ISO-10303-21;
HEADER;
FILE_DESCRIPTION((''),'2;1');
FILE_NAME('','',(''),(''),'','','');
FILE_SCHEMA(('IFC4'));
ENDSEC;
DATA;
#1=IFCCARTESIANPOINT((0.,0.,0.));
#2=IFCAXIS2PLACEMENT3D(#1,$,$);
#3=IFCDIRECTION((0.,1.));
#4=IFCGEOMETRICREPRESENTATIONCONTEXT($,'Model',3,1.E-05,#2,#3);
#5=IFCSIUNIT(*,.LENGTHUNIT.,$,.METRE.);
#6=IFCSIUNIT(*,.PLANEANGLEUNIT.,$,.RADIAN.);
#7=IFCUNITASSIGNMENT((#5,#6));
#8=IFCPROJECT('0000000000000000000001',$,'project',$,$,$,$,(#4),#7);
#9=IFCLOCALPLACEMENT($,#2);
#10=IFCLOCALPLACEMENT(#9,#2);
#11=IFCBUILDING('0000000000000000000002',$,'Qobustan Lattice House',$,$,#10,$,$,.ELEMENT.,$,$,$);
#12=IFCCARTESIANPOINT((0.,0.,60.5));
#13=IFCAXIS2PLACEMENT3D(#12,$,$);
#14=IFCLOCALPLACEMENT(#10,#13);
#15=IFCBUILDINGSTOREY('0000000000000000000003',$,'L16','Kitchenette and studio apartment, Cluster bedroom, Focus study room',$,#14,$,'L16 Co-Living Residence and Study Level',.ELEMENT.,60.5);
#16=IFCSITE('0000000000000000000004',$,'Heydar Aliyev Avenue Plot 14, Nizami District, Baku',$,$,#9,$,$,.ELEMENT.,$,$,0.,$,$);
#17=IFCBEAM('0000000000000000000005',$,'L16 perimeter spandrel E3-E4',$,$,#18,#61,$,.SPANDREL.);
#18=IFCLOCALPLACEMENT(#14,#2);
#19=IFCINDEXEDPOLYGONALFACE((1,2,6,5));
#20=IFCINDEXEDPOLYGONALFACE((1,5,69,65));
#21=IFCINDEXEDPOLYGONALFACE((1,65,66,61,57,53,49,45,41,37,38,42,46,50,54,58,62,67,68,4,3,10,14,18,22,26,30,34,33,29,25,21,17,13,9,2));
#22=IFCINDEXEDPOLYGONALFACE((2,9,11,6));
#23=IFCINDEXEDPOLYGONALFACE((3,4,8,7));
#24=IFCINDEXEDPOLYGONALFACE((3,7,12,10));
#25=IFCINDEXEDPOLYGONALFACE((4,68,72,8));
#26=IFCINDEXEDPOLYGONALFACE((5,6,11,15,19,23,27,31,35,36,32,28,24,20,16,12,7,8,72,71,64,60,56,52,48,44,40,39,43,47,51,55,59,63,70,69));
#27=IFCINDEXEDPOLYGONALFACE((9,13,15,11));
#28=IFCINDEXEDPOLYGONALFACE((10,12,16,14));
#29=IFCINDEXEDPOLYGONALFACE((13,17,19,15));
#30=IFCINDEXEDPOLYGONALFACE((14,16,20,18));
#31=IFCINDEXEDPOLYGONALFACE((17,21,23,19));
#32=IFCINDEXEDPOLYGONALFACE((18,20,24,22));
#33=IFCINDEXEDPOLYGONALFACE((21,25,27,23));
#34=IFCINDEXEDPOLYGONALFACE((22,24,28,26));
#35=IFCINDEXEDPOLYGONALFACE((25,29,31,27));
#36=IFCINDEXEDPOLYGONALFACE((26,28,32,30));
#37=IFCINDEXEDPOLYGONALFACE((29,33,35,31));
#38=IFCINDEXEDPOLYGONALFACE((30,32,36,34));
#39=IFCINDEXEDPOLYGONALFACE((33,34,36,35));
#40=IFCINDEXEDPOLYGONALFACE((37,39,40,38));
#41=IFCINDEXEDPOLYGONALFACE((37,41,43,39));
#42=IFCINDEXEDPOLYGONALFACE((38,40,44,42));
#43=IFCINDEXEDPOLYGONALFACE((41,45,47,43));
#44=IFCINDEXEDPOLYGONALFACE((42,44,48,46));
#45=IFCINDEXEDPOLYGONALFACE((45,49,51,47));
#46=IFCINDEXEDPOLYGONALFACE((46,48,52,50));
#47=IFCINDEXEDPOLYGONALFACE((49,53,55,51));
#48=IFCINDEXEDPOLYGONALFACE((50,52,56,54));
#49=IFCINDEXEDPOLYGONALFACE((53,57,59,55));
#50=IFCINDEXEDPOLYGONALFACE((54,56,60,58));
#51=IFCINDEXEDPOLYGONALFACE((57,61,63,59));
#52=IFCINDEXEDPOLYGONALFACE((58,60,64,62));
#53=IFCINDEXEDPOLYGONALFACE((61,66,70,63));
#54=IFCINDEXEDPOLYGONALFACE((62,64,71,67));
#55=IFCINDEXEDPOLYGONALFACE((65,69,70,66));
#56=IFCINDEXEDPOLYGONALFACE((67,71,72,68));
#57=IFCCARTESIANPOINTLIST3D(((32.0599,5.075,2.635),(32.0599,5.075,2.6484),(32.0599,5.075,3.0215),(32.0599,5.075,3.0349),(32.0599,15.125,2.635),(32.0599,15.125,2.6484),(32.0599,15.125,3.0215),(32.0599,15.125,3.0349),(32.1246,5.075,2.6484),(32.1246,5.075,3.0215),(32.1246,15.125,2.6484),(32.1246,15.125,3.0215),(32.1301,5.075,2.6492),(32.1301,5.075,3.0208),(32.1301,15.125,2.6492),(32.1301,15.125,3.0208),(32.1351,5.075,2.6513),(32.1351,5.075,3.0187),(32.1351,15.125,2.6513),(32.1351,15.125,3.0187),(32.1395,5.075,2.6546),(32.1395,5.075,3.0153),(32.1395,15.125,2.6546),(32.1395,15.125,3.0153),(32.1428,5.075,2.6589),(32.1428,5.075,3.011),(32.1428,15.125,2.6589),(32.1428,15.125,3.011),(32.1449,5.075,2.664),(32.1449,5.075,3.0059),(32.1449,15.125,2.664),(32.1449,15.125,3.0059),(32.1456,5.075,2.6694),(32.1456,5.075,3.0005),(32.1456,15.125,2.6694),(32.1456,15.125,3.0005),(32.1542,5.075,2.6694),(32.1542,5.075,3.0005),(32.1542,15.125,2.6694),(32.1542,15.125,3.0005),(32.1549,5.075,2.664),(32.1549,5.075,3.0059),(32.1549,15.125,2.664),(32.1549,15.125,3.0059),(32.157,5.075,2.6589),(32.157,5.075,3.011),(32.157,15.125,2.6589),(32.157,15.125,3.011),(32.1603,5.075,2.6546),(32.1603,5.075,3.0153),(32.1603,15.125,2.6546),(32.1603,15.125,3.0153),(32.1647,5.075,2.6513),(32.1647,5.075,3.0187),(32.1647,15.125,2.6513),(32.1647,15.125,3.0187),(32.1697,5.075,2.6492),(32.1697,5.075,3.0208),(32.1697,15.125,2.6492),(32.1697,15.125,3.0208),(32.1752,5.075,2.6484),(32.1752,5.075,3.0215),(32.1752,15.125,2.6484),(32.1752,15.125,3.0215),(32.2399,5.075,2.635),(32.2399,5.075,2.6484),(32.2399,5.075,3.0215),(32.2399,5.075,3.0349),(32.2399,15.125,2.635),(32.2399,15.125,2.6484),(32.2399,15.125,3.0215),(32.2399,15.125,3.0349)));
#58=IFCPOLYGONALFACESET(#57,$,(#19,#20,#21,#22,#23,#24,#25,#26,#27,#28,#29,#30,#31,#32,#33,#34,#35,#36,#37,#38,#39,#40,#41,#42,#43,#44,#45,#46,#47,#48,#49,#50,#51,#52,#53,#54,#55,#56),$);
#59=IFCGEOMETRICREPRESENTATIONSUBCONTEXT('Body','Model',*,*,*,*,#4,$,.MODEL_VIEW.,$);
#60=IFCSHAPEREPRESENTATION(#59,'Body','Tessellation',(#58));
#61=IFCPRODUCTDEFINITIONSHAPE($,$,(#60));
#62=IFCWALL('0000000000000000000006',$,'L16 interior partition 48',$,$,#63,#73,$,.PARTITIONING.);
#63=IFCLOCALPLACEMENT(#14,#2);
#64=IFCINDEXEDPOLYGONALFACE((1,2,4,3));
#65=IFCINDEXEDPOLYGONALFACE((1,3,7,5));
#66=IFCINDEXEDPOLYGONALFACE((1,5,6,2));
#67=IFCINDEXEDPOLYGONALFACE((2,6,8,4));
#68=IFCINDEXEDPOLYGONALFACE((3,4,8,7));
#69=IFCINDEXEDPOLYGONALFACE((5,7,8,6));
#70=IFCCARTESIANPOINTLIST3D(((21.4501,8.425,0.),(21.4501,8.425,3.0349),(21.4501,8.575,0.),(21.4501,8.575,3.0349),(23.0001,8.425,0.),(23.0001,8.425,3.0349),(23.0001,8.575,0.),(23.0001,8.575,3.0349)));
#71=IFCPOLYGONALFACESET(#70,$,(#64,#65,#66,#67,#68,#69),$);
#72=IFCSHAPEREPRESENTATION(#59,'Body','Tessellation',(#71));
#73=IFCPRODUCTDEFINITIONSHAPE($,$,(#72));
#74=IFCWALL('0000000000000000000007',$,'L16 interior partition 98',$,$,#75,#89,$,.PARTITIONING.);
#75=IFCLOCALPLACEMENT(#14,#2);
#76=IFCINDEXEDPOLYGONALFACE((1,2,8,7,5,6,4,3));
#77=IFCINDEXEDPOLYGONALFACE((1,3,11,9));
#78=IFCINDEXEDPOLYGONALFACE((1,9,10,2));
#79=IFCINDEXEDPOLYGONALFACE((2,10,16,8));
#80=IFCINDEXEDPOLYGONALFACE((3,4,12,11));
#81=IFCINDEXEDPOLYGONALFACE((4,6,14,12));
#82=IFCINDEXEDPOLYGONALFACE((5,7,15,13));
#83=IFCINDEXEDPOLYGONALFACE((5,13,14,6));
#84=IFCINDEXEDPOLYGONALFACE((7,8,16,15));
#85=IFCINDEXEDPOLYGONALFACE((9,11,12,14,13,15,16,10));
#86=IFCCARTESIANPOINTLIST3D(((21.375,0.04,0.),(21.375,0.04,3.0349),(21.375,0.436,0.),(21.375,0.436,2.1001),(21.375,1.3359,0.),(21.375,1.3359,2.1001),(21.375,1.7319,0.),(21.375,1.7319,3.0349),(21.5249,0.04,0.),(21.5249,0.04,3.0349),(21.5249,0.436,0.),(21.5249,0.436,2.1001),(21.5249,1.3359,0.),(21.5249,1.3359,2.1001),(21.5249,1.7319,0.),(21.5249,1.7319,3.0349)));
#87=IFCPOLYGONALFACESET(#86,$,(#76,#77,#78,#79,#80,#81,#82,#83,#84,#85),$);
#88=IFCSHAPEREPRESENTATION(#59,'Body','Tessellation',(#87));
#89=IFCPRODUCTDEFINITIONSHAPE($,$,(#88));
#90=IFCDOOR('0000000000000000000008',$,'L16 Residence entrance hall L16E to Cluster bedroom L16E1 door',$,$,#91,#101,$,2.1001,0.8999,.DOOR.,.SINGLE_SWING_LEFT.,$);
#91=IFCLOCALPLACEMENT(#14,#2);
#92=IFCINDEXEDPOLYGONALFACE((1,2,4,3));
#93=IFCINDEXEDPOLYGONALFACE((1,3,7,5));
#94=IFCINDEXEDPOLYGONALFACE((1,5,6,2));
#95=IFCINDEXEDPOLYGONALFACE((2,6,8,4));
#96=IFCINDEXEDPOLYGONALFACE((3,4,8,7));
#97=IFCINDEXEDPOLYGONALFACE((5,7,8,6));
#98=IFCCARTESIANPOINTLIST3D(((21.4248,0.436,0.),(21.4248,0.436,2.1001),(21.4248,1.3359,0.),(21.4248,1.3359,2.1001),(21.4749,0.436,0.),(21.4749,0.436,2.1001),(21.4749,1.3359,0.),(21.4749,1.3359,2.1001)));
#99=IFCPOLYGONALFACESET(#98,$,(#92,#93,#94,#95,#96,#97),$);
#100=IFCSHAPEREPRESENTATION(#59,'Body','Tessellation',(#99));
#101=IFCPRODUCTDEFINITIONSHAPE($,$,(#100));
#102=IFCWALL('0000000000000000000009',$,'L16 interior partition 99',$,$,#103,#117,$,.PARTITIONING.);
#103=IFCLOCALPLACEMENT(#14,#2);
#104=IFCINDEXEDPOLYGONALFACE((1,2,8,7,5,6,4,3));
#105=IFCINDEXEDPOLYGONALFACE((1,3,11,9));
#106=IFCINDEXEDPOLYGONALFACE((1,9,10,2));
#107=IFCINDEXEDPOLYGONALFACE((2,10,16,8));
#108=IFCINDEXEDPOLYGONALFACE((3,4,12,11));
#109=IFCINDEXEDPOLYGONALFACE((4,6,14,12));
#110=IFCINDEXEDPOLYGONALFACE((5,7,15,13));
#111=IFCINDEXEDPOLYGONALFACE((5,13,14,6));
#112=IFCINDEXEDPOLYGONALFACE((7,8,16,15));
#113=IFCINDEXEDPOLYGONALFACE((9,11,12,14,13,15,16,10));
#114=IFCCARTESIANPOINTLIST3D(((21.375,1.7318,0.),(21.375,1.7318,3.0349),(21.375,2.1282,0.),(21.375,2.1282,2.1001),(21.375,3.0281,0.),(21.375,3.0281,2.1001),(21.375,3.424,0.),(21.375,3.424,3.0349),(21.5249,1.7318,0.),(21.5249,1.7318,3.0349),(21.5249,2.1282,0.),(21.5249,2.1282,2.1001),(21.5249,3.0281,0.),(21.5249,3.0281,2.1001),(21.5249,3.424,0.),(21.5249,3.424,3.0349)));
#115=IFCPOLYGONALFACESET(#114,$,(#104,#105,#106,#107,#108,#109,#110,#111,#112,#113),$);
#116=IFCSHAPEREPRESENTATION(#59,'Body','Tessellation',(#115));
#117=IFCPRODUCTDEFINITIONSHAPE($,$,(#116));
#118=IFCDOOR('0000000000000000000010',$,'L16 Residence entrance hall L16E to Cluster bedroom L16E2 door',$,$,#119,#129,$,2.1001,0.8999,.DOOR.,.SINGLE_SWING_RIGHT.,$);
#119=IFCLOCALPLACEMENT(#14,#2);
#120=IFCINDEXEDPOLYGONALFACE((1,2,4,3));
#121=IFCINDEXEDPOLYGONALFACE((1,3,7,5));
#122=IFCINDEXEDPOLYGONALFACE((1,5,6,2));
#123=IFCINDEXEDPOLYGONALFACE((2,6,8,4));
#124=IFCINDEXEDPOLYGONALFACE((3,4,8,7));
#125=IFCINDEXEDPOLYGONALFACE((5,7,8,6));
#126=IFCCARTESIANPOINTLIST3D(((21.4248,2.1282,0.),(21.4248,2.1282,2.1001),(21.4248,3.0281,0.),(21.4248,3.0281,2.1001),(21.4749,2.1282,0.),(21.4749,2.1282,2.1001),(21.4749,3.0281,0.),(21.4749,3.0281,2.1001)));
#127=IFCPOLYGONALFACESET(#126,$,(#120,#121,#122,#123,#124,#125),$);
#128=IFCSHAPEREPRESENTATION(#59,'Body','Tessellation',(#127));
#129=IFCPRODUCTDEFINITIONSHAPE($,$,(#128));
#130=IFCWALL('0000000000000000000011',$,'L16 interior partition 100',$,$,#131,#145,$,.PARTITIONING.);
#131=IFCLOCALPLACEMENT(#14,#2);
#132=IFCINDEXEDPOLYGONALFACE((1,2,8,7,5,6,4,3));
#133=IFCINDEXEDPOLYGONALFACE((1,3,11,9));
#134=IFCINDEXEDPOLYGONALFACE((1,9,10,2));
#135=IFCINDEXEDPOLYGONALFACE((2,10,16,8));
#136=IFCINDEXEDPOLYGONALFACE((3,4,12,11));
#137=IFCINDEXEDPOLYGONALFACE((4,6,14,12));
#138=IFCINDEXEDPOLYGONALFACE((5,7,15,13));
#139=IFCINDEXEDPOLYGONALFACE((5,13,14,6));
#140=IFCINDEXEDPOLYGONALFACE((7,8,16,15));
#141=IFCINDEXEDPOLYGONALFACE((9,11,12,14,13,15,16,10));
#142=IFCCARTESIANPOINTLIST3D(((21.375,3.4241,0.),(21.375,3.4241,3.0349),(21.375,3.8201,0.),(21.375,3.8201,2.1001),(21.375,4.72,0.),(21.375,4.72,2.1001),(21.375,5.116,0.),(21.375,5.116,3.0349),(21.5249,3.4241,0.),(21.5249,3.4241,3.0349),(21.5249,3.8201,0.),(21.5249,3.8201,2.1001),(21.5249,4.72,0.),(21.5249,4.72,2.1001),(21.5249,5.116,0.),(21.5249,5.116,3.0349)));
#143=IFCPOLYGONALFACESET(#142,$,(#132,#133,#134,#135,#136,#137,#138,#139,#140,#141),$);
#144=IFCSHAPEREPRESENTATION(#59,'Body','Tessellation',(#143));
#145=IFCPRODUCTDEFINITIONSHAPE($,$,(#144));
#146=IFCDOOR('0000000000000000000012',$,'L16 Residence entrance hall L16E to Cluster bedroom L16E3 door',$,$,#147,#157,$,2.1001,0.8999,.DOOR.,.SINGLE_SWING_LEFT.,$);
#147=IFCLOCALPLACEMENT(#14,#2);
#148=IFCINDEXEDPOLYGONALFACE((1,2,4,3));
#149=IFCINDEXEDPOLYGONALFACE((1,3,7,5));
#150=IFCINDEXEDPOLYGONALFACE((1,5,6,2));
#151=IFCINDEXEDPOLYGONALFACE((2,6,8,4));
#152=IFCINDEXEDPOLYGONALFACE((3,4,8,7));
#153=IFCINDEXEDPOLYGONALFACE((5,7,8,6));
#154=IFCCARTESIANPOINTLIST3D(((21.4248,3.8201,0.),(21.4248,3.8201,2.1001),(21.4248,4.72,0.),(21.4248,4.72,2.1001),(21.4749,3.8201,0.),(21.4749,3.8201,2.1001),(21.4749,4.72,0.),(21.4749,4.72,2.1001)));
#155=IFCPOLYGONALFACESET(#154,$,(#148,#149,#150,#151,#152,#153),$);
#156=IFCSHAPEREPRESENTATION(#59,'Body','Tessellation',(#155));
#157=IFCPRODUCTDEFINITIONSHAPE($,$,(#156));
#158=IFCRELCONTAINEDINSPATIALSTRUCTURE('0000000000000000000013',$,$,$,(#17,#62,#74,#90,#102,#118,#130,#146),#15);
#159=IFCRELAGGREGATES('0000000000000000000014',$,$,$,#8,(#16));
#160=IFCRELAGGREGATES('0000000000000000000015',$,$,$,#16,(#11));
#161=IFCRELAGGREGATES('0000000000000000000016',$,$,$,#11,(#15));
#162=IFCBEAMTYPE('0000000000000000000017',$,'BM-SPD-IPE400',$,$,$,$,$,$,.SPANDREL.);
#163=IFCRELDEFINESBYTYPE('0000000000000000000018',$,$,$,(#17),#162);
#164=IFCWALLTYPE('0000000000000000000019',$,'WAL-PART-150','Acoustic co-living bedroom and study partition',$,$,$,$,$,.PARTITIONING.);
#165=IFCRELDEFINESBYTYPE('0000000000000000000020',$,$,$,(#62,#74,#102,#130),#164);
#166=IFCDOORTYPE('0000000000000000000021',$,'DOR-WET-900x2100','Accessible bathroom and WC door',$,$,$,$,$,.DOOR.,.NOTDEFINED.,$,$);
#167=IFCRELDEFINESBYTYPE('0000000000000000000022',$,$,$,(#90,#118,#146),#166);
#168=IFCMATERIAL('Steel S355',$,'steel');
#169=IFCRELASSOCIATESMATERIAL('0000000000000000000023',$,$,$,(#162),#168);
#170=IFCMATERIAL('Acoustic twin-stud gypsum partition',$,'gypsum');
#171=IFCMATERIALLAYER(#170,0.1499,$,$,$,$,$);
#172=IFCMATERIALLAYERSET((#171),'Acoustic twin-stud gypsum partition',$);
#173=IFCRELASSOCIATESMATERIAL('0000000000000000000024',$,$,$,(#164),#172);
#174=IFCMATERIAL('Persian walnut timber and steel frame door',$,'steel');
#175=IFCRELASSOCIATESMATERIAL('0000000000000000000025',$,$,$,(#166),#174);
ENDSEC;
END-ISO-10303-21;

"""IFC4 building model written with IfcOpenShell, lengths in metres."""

from ifc_helpers import new_model, si_unit, direction, frame, frame_2d, origin, origin_2d, place, context, subcontext, project, spatial, rectangle, i_section, extrude, material, layer, layer_set, material_profile, profile_set, type_object, element, fill, save


model = new_model("IFC4")

# Units and contexts
model_context = context("Model", 3, precision=1e-05, world=origin(), true_north=direction((0.0, 1.0)))
body_context = subcontext(model_context, "Body", "Model", "MODEL_VIEW")
ifc_project = project(units=[si_unit("LENGTHUNIT", "METRE"), si_unit("PLANEANGLEUNIT", "RADIAN")], contexts=[model_context])

# Site, building, storey
site_placement = place(None, origin())
site = spatial("IfcSite", under=ifc_project, at=site_placement, Name="Heydar Aliyev Avenue Plot 14, Nizami District, Baku", CompositionType="ELEMENT", RefElevation=0.0)
building_placement = place(site_placement, origin())
building = spatial("IfcBuilding", under=site, at=building_placement, Name="Qobustan Lattice House", CompositionType="ELEMENT")
storey_placement = place(building_placement, frame((0.0, 0.0, 60.5)))
storey = spatial("IfcBuildingStorey", under=building, at=storey_placement, Name="L16", Description="Kitchenette and studio apartment, Cluster bedroom, Focus study room", LongName="L16 Co-Living Residence and Study Level", CompositionType="ELEMENT", Elevation=60.5)

# Beam
ifc_material_1 = material(Name="Steel S355", Category="steel")
ifc_material_profile_1 = material_profile(ifc_material_1, i_section(OverallWidth=0.1799, OverallDepth=0.3999, WebThickness=0.0085, FlangeThickness=0.0134, FilletRadius=0.021, at=origin_2d()), Name="IPE400")
ifc_profile_set_1 = profile_set([ifc_material_profile_1], Name="Steel S355")
beam_type_1 = type_object("IfcBeamType", Name="BM-SPD-IPE400", PredefinedType="SPANDREL", material=ifc_profile_set_1)
beam_1_placement = place(storey_placement, frame((32.1499, 5.075, 2.835), z_axis=(0.0, 1.0, 0.0), x_axis=(-1.0, 0.0, 0.0)))
element("IfcBeam", 1, at=beam_1_placement, inside=storey, type_object=beam_type_1, Name="L16 perimeter spandrel E3-E4", PredefinedType="SPANDREL", context=body_context, shape_type="SweptSolid", body=[
    extrude(i_section(OverallWidth=0.1799, OverallDepth=0.3999, WebThickness=0.0085, FlangeThickness=0.0134, FilletRadius=0.021, at=origin_2d()), origin(), (0.0, 0.0, 1.0), 10.05),
])

# Wall
ifc_material_2 = material(Name="Acoustic twin-stud gypsum partition", Category="gypsum")
ifc_layer_1 = layer(ifc_material_2, 0.1499)
ifc_layer_set_1 = layer_set([ifc_layer_1], Name="Acoustic twin-stud gypsum partition")
wall_type_1 = type_object("IfcWallType", Name="WAL-PART-150", Description="Acoustic co-living bedroom and study partition", PredefinedType="PARTITIONING", material=ifc_layer_set_1)
wall_1_placement = place(storey_placement, frame((23.0, 8.5, 0.0), z_axis=(0.0, 0.0, 1.0), x_axis=(-1.0, 0.0, 0.0)))
element("IfcWall", 2, at=wall_1_placement, inside=storey, type_object=wall_type_1, Name="L16 interior partition 48", PredefinedType="PARTITIONING", context=body_context, shape_type="SweptSolid", body=[
    extrude(rectangle(XDim=1.55, YDim=0.1499, at=frame_2d((0.7749, 0.0))), origin(), (0.0, 0.0, 1.0), 3.0349),
])

# Walls, openings, doors
wall_2_placement = place(storey_placement, frame((21.45, 1.7319, 0.0), z_axis=(0.0, 0.0, 1.0), x_axis=(0.0, -1.0, 0.0)))
wall_2 = element("IfcWall", 3, at=wall_2_placement, inside=storey, type_object=wall_type_1, Name="L16 interior partition 98", PredefinedType="PARTITIONING", context=body_context, shape_type="SweptSolid", body=[
    extrude(rectangle(XDim=1.6919, YDim=0.1499, at=frame_2d((0.8459, 0.0))), origin(), (0.0, 0.0, 1.0), 3.0349),
])
opening_1_placement = place(wall_2_placement, frame((0.396, 0.0, 0.0)))
opening_1 = element("IfcOpeningElement", 4, at=opening_1_placement, cuts=wall_2, PredefinedType="OPENING", context=body_context, shape_type="SweptSolid", body=[
    extrude(rectangle(XDim=0.8999, YDim=2.1001, at=frame_2d((0.45, 1.05))), frame((0.0, 0.085, 0.0), z_axis=(0.0, -1.0, 0.0), x_axis=(1.0, 0.0, 0.0)), (0.0, 0.0, 1.0), 0.1699),
])
ifc_material_3 = material(Name="Persian walnut timber and steel frame door", Category="steel")
door_type_1 = type_object("IfcDoorType", Name="DOR-WET-900x2100", Description="Accessible bathroom and WC door", OperationType="NOTDEFINED", PredefinedType="DOOR", material=ifc_material_3)
door_1_placement = place(opening_1_placement, origin())
door_1 = element("IfcDoor", 5, at=door_1_placement, inside=storey, type_object=door_type_1, Name="L16 Residence entrance hall L16E to Cluster bedroom L16E1 door", OperationType="SINGLE_SWING_LEFT", OverallHeight=2.1001, OverallWidth=0.8999, PredefinedType="DOOR", context=body_context, shape_type="SweptSolid", body=[
    extrude(rectangle(XDim=0.8999, YDim=2.1001, at=frame_2d((0.45, 1.05))), frame((0.0, 0.0249, 0.0), z_axis=(0.0, -1.0, 0.0), x_axis=(1.0, 0.0, 0.0)), (0.0, 0.0, 1.0), 0.05),
])
fill(opening_1, door_1)
wall_3_placement = place(storey_placement, frame((21.45, 3.4241, 0.0), z_axis=(0.0, 0.0, 1.0), x_axis=(0.0, -1.0, 0.0)))
wall_3 = element("IfcWall", 6, at=wall_3_placement, inside=storey, type_object=wall_type_1, Name="L16 interior partition 99", PredefinedType="PARTITIONING", context=body_context, shape_type="SweptSolid", body=[
    extrude(rectangle(XDim=1.6921, YDim=0.1499, at=frame_2d((0.8462, 0.0))), origin(), (0.0, 0.0, 1.0), 3.0349),
])
opening_2_placement = place(wall_3_placement, frame((0.396, 0.0, 0.0)))
opening_2 = element("IfcOpeningElement", 7, at=opening_2_placement, cuts=wall_3, PredefinedType="OPENING", context=body_context, shape_type="SweptSolid", body=[
    extrude(rectangle(XDim=0.8999, YDim=2.1001, at=frame_2d((0.45, 1.05))), frame((0.0, 0.085, 0.0), z_axis=(0.0, -1.0, 0.0), x_axis=(1.0, 0.0, 0.0)), (0.0, 0.0, 1.0), 0.1699),
])
door_2_placement = place(opening_2_placement, origin())
door_2 = element("IfcDoor", 8, at=door_2_placement, inside=storey, type_object=door_type_1, Name="L16 Residence entrance hall L16E to Cluster bedroom L16E2 door", OperationType="SINGLE_SWING_RIGHT", OverallHeight=2.1001, OverallWidth=0.8999, PredefinedType="DOOR", context=body_context, shape_type="SweptSolid", body=[
    extrude(rectangle(XDim=0.8999, YDim=2.1001, at=frame_2d((0.45, 1.05))), frame((0.0, 0.0249, 0.0), z_axis=(0.0, -1.0, 0.0), x_axis=(1.0, 0.0, 0.0)), (0.0, 0.0, 1.0), 0.05),
])
fill(opening_2, door_2)
wall_4_placement = place(storey_placement, frame((21.45, 5.116, 0.0), z_axis=(0.0, 0.0, 1.0), x_axis=(0.0, -1.0, 0.0)))
wall_4 = element("IfcWall", 9, at=wall_4_placement, inside=storey, type_object=wall_type_1, Name="L16 interior partition 100", PredefinedType="PARTITIONING", context=body_context, shape_type="SweptSolid", body=[
    extrude(rectangle(XDim=1.6919, YDim=0.1499, at=frame_2d((0.8459, 0.0))), origin(), (0.0, 0.0, 1.0), 3.0349),
])
opening_3_placement = place(wall_4_placement, frame((0.396, 0.0, 0.0)))
opening_3 = element("IfcOpeningElement", 10, at=opening_3_placement, cuts=wall_4, PredefinedType="OPENING", context=body_context, shape_type="SweptSolid", body=[
    extrude(rectangle(XDim=0.8999, YDim=2.1001, at=frame_2d((0.45, 1.05))), frame((0.0, 0.085, 0.0), z_axis=(0.0, -1.0, 0.0), x_axis=(1.0, 0.0, 0.0)), (0.0, 0.0, 1.0), 0.1699),
])
door_3_placement = place(opening_3_placement, origin())
door_3 = element("IfcDoor", 11, at=door_3_placement, inside=storey, type_object=door_type_1, Name="L16 Residence entrance hall L16E to Cluster bedroom L16E3 door", OperationType="SINGLE_SWING_LEFT", OverallHeight=2.1001, OverallWidth=0.8999, PredefinedType="DOOR", context=body_context, shape_type="SweptSolid", body=[
    extrude(rectangle(XDim=0.8999, YDim=2.1001, at=frame_2d((0.45, 1.05))), frame((0.0, 0.0249, 0.0), z_axis=(0.0, -1.0, 0.0), x_axis=(1.0, 0.0, 0.0)), (0.0, 0.0, 1.0), 0.05),
])
fill(opening_3, door_3)

save(model, "model.ifc")
